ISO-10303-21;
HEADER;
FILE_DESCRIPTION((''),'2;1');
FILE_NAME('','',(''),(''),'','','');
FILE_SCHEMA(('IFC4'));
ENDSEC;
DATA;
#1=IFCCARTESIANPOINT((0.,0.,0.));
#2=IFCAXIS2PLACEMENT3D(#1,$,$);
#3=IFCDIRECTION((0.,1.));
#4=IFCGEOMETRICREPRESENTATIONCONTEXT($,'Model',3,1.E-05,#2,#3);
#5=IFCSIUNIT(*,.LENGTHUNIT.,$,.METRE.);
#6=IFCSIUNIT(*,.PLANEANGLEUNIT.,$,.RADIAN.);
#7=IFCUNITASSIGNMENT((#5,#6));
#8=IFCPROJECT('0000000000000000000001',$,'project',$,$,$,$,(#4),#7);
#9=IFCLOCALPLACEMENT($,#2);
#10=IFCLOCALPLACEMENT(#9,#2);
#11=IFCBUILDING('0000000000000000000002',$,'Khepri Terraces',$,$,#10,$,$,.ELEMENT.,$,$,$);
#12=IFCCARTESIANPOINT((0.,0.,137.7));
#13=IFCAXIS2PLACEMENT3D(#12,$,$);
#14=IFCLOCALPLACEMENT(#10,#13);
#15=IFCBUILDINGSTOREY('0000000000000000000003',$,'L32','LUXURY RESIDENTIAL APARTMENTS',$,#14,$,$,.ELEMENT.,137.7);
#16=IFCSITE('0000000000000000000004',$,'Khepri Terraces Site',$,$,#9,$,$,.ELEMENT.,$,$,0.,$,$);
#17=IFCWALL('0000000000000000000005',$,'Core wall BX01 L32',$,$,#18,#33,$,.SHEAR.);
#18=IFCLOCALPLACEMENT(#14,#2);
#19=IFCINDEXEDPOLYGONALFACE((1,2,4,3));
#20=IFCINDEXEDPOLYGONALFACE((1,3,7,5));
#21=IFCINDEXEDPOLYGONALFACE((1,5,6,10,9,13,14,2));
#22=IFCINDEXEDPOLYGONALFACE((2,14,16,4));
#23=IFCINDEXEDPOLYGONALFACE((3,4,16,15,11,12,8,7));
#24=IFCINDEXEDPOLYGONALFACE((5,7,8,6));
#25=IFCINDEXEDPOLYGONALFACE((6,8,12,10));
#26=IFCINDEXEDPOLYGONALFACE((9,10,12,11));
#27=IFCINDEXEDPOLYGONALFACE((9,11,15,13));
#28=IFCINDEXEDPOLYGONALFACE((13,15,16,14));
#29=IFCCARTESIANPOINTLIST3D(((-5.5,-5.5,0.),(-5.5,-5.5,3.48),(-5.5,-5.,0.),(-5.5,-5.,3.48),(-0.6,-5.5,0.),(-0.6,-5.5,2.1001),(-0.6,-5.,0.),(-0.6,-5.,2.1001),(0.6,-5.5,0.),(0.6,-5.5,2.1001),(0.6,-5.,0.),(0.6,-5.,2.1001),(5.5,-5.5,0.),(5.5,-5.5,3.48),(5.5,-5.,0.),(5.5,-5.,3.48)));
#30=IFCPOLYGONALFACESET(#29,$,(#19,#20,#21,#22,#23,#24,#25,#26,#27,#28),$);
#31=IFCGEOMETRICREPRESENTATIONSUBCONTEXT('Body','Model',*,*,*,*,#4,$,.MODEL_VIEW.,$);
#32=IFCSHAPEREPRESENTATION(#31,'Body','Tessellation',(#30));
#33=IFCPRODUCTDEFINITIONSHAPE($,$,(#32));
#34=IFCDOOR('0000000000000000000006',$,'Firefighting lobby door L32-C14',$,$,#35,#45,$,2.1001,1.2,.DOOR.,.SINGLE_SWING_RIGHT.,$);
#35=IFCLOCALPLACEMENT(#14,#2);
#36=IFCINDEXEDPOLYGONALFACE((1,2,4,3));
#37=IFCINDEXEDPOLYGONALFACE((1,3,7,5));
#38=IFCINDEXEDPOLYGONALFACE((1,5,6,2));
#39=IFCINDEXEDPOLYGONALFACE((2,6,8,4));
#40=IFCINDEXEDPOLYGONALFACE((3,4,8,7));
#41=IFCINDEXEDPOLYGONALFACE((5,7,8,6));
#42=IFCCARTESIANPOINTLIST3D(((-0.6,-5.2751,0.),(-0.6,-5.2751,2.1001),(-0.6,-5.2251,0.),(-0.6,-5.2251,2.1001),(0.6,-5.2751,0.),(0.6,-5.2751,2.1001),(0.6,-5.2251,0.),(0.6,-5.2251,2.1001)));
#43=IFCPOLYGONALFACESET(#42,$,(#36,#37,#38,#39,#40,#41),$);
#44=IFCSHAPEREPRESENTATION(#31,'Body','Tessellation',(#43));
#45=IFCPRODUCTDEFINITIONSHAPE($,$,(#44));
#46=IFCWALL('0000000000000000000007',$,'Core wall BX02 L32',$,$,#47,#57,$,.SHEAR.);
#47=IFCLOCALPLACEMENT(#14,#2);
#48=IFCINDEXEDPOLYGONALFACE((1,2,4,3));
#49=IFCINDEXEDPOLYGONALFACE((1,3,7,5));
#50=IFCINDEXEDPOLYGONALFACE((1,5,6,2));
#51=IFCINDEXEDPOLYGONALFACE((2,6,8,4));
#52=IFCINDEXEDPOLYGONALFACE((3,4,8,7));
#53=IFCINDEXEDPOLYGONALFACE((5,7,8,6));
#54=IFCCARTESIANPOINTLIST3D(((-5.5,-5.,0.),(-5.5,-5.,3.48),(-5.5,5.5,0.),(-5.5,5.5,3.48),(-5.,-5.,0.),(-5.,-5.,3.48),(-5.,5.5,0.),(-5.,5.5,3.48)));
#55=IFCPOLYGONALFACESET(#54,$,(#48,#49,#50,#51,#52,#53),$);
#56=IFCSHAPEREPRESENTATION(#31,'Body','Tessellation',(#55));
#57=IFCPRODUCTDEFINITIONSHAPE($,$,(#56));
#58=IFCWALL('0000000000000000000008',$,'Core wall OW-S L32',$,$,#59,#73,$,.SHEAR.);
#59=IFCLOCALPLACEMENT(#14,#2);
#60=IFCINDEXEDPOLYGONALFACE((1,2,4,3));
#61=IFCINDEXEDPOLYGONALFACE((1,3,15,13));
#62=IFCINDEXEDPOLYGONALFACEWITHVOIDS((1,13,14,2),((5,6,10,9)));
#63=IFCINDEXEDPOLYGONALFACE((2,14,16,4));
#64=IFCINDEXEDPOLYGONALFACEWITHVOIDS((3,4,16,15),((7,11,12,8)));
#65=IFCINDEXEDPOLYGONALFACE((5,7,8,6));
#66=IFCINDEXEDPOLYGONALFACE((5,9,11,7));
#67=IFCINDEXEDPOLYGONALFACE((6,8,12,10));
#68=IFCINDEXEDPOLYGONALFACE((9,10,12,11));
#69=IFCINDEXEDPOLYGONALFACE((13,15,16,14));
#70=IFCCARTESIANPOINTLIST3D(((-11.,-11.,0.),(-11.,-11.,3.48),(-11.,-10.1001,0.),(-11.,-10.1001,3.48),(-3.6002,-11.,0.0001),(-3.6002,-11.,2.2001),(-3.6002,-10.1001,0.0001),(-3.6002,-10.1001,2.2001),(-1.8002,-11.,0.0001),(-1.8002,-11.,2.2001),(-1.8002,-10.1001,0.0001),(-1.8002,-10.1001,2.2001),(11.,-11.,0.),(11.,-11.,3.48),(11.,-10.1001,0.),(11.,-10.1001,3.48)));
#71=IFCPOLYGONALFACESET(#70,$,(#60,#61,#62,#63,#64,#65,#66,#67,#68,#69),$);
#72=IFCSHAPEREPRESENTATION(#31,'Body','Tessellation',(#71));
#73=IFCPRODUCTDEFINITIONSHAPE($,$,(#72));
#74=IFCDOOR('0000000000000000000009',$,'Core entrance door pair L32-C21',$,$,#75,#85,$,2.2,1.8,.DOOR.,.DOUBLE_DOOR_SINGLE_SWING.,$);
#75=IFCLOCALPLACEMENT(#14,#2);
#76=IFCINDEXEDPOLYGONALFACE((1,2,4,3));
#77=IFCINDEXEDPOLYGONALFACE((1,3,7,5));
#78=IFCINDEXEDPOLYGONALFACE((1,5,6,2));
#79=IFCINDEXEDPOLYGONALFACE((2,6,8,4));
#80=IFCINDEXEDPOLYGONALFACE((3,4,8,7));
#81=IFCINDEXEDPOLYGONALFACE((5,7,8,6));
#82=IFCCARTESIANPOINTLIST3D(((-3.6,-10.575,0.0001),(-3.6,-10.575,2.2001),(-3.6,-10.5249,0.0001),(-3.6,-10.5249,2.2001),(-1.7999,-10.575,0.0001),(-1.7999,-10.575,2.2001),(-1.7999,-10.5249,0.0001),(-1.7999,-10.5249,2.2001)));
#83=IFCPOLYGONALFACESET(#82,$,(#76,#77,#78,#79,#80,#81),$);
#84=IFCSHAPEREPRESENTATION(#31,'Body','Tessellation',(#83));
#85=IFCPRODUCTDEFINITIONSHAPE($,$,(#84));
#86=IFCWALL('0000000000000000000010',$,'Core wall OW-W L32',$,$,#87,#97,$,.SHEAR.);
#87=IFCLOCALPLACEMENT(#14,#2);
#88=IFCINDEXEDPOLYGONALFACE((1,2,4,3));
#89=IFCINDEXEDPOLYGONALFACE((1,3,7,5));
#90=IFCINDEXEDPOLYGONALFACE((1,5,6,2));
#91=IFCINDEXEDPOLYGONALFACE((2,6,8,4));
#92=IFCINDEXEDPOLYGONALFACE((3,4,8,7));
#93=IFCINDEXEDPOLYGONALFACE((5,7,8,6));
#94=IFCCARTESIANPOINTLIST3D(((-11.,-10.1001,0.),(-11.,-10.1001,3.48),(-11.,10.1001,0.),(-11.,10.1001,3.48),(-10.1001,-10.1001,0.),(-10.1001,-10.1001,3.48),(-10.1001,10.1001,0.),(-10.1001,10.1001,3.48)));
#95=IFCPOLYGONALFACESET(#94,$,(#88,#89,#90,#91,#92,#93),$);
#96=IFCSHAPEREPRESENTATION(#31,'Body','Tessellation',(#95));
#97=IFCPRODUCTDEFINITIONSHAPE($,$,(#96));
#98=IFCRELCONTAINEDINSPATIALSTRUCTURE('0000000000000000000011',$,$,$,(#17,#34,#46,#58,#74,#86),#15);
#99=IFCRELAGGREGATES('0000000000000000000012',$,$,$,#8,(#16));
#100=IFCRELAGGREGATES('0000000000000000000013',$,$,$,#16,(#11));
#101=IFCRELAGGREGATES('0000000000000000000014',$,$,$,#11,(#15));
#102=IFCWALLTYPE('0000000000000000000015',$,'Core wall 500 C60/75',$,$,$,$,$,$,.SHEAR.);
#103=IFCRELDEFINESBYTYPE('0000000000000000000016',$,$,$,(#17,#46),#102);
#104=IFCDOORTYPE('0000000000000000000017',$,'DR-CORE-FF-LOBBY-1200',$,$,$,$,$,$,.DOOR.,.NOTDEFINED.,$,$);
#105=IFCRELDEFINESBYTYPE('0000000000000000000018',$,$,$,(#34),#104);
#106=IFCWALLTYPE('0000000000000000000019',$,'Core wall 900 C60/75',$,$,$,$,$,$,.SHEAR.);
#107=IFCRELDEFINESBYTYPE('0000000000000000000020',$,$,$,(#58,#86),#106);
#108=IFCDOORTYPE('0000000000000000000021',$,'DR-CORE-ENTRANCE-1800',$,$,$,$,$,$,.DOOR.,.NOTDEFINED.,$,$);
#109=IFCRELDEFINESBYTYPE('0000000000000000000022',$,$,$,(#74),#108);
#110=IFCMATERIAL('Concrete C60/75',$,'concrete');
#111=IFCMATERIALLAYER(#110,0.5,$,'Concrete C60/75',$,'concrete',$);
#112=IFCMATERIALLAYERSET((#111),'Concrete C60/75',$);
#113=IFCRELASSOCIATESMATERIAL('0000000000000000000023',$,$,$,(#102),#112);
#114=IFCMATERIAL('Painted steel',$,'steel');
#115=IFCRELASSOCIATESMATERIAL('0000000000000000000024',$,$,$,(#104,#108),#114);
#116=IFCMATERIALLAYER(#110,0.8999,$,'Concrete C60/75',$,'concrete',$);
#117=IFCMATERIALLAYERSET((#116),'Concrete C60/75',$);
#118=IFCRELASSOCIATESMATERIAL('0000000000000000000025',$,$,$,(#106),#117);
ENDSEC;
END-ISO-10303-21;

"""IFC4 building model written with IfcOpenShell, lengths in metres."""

from ifc_helpers import new_model, si_unit, direction, frame, frame_2d, origin, place, context, subcontext, project, spatial, rectangle, extrude, material, layer, layer_set, type_object, element, fill, save


model = new_model("IFC4")

# Units and contexts
model_context = context("Model", 3, precision=1e-05, world=origin(), true_north=direction((0.0, 1.0)))
body_context = subcontext(model_context, "Body", "Model", "MODEL_VIEW")
ifc_project = project(units=[si_unit("LENGTHUNIT", "METRE"), si_unit("PLANEANGLEUNIT", "RADIAN")], contexts=[model_context])

# Site, building, storey
site_placement = place(None, origin())
site = spatial("IfcSite", under=ifc_project, at=site_placement, Name="Khepri Terraces Site", CompositionType="ELEMENT", RefElevation=0.0)
building_placement = place(site_placement, origin())
building = spatial("IfcBuilding", under=site, at=building_placement, Name="Khepri Terraces", CompositionType="ELEMENT")
storey_placement = place(building_placement, frame((0.0, 0.0, 137.7)))
storey = spatial("IfcBuildingStorey", under=building, at=storey_placement, Name="L32", Description="LUXURY RESIDENTIAL APARTMENTS", CompositionType="ELEMENT", Elevation=137.7)

# Shared definitions
ifc_material_1 = material(Name="Concrete C60/75", Category="concrete")

# Shared definitions
ifc_material_2 = material(Name="Painted steel", Category="steel")

# Wall, opening, door
ifc_layer_1 = layer(ifc_material_1, 0.5, Name="Concrete C60/75", Category="concrete")
ifc_layer_set_1 = layer_set([ifc_layer_1], Name="Concrete C60/75")
wall_type_1 = type_object("IfcWallType", Name="Core wall 500 C60/75", PredefinedType="SHEAR", material=ifc_layer_set_1)
wall_1_placement = place(storey_placement, frame((-5.5, -5.25, 0.0), z_axis=(0.0, 0.0, 1.0), x_axis=(1.0, 0.0, 0.0)))
wall_1 = element("IfcWall", 1, at=wall_1_placement, inside=storey, type_object=wall_type_1, Name="Core wall BX01 L32", PredefinedType="SHEAR", context=body_context, shape_type="SweptSolid", body=[
    extrude(rectangle(XDim=11.0, YDim=0.5, at=frame_2d((5.5, 0.0))), origin(), (0.0, 0.0, 1.0), 3.48),
])
opening_1_placement = place(wall_1_placement, frame((4.8999, 0.0, 0.0)))
opening_1 = element("IfcOpeningElement", 2, at=opening_1_placement, cuts=wall_1, PredefinedType="OPENING", context=body_context, shape_type="SweptSolid", body=[
    extrude(rectangle(XDim=1.2, YDim=2.1001, at=frame_2d((0.6001, 1.05))), frame((0.0, 0.26, 0.0), z_axis=(0.0, -1.0, 0.0), x_axis=(1.0, 0.0, 0.0)), (0.0, 0.0, 1.0), 0.52),
])
door_type_1 = type_object("IfcDoorType", Name="DR-CORE-FF-LOBBY-1200", OperationType="NOTDEFINED", PredefinedType="DOOR", material=ifc_material_2)
door_1_placement = place(opening_1_placement, origin())
door_1 = element("IfcDoor", 3, at=door_1_placement, inside=storey, type_object=door_type_1, Name="Firefighting lobby door L32-C14", OperationType="SINGLE_SWING_RIGHT", OverallHeight=2.1001, OverallWidth=1.2, PredefinedType="DOOR", context=body_context, shape_type="SweptSolid", body=[
    extrude(rectangle(XDim=1.2, YDim=2.1001, at=frame_2d((0.6001, 1.05))), frame((0.0, 0.0249, 0.0), z_axis=(0.0, -1.0, 0.0), x_axis=(1.0, 0.0, 0.0)), (0.0, 0.0, 1.0), 0.05),
])
fill(opening_1, door_1)

# Wall
wall_2_placement = place(storey_placement, frame((-5.25, -5.0, 0.0), z_axis=(0.0, 0.0, 1.0), x_axis=(0.0, 1.0, 0.0)))
element("IfcWall", 4, at=wall_2_placement, inside=storey, type_object=wall_type_1, Name="Core wall BX02 L32", PredefinedType="SHEAR", context=body_context, shape_type="SweptSolid", body=[
    extrude(rectangle(XDim=10.5, YDim=0.5, at=frame_2d((5.25, 0.0))), origin(), (0.0, 0.0, 1.0), 3.48),
])

# Wall, opening, door
ifc_layer_2 = layer(ifc_material_1, 0.8999, Name="Concrete C60/75", Category="concrete")
ifc_layer_set_2 = layer_set([ifc_layer_2], Name="Concrete C60/75")
wall_type_2 = type_object("IfcWallType", Name="Core wall 900 C60/75", PredefinedType="SHEAR", material=ifc_layer_set_2)
wall_3_placement = place(storey_placement, frame((-11.0, -10.55, 0.0), z_axis=(0.0, 0.0, 1.0), x_axis=(1.0, 0.0, 0.0)))
wall_3 = element("IfcWall", 5, at=wall_3_placement, inside=storey, type_object=wall_type_2, Name="Core wall OW-S L32", PredefinedType="SHEAR", context=body_context, shape_type="SweptSolid", body=[
    extrude(rectangle(XDim=22.0, YDim=0.8999, at=frame_2d((11.0, 0.0))), origin(), (0.0, 0.0, 1.0), 3.48),
])
opening_2_placement = place(wall_3_placement, frame((7.3999, 0.0, 0.0)))
opening_2 = element("IfcOpeningElement", 6, at=opening_2_placement, cuts=wall_3, PredefinedType="OPENING", context=body_context, shape_type="SweptSolid", body=[
    extrude(rectangle(XDim=1.8, YDim=2.2, at=frame_2d((0.8999, 1.1001))), frame((0.0, 0.46, 0.0), z_axis=(0.0, -1.0, 0.0), x_axis=(1.0, 0.0, 0.0)), (0.0, 0.0, 1.0), 0.9199),
])
door_type_2 = type_object("IfcDoorType", Name="DR-CORE-ENTRANCE-1800", OperationType="NOTDEFINED", PredefinedType="DOOR", material=ifc_material_2)
door_2_placement = place(opening_2_placement, frame((1.8, 0.0, 0.0), z_axis=(0.0, 0.0, 1.0), x_axis=(-1.0, 0.0, 0.0)))
door_2 = element("IfcDoor", 7, at=door_2_placement, inside=storey, type_object=door_type_2, Name="Core entrance door pair L32-C21", OperationType="DOUBLE_DOOR_SINGLE_SWING", OverallHeight=2.2, OverallWidth=1.8, PredefinedType="DOOR", context=body_context, shape_type="SweptSolid", body=[
    extrude(rectangle(XDim=1.8, YDim=2.2, at=frame_2d((0.8999, 1.1001))), frame((0.0, 0.0249, 0.0), z_axis=(0.0, -1.0, 0.0), x_axis=(1.0, 0.0, 0.0)), (0.0, 0.0, 1.0), 0.05),
])
fill(opening_2, door_2)

# Wall
wall_4_placement = place(storey_placement, frame((-10.55, -10.1001, 0.0), z_axis=(0.0, 0.0, 1.0), x_axis=(0.0, 1.0, 0.0)))
element("IfcWall", 8, at=wall_4_placement, inside=storey, type_object=wall_type_2, Name="Core wall OW-W L32", PredefinedType="SHEAR", context=body_context, shape_type="SweptSolid", body=[
    extrude(rectangle(XDim=20.2002, YDim=0.8999, at=frame_2d((10.1001, 0.0))), origin(), (0.0, 0.0, 1.0), 3.48),
])

save(model, "model.ifc")
